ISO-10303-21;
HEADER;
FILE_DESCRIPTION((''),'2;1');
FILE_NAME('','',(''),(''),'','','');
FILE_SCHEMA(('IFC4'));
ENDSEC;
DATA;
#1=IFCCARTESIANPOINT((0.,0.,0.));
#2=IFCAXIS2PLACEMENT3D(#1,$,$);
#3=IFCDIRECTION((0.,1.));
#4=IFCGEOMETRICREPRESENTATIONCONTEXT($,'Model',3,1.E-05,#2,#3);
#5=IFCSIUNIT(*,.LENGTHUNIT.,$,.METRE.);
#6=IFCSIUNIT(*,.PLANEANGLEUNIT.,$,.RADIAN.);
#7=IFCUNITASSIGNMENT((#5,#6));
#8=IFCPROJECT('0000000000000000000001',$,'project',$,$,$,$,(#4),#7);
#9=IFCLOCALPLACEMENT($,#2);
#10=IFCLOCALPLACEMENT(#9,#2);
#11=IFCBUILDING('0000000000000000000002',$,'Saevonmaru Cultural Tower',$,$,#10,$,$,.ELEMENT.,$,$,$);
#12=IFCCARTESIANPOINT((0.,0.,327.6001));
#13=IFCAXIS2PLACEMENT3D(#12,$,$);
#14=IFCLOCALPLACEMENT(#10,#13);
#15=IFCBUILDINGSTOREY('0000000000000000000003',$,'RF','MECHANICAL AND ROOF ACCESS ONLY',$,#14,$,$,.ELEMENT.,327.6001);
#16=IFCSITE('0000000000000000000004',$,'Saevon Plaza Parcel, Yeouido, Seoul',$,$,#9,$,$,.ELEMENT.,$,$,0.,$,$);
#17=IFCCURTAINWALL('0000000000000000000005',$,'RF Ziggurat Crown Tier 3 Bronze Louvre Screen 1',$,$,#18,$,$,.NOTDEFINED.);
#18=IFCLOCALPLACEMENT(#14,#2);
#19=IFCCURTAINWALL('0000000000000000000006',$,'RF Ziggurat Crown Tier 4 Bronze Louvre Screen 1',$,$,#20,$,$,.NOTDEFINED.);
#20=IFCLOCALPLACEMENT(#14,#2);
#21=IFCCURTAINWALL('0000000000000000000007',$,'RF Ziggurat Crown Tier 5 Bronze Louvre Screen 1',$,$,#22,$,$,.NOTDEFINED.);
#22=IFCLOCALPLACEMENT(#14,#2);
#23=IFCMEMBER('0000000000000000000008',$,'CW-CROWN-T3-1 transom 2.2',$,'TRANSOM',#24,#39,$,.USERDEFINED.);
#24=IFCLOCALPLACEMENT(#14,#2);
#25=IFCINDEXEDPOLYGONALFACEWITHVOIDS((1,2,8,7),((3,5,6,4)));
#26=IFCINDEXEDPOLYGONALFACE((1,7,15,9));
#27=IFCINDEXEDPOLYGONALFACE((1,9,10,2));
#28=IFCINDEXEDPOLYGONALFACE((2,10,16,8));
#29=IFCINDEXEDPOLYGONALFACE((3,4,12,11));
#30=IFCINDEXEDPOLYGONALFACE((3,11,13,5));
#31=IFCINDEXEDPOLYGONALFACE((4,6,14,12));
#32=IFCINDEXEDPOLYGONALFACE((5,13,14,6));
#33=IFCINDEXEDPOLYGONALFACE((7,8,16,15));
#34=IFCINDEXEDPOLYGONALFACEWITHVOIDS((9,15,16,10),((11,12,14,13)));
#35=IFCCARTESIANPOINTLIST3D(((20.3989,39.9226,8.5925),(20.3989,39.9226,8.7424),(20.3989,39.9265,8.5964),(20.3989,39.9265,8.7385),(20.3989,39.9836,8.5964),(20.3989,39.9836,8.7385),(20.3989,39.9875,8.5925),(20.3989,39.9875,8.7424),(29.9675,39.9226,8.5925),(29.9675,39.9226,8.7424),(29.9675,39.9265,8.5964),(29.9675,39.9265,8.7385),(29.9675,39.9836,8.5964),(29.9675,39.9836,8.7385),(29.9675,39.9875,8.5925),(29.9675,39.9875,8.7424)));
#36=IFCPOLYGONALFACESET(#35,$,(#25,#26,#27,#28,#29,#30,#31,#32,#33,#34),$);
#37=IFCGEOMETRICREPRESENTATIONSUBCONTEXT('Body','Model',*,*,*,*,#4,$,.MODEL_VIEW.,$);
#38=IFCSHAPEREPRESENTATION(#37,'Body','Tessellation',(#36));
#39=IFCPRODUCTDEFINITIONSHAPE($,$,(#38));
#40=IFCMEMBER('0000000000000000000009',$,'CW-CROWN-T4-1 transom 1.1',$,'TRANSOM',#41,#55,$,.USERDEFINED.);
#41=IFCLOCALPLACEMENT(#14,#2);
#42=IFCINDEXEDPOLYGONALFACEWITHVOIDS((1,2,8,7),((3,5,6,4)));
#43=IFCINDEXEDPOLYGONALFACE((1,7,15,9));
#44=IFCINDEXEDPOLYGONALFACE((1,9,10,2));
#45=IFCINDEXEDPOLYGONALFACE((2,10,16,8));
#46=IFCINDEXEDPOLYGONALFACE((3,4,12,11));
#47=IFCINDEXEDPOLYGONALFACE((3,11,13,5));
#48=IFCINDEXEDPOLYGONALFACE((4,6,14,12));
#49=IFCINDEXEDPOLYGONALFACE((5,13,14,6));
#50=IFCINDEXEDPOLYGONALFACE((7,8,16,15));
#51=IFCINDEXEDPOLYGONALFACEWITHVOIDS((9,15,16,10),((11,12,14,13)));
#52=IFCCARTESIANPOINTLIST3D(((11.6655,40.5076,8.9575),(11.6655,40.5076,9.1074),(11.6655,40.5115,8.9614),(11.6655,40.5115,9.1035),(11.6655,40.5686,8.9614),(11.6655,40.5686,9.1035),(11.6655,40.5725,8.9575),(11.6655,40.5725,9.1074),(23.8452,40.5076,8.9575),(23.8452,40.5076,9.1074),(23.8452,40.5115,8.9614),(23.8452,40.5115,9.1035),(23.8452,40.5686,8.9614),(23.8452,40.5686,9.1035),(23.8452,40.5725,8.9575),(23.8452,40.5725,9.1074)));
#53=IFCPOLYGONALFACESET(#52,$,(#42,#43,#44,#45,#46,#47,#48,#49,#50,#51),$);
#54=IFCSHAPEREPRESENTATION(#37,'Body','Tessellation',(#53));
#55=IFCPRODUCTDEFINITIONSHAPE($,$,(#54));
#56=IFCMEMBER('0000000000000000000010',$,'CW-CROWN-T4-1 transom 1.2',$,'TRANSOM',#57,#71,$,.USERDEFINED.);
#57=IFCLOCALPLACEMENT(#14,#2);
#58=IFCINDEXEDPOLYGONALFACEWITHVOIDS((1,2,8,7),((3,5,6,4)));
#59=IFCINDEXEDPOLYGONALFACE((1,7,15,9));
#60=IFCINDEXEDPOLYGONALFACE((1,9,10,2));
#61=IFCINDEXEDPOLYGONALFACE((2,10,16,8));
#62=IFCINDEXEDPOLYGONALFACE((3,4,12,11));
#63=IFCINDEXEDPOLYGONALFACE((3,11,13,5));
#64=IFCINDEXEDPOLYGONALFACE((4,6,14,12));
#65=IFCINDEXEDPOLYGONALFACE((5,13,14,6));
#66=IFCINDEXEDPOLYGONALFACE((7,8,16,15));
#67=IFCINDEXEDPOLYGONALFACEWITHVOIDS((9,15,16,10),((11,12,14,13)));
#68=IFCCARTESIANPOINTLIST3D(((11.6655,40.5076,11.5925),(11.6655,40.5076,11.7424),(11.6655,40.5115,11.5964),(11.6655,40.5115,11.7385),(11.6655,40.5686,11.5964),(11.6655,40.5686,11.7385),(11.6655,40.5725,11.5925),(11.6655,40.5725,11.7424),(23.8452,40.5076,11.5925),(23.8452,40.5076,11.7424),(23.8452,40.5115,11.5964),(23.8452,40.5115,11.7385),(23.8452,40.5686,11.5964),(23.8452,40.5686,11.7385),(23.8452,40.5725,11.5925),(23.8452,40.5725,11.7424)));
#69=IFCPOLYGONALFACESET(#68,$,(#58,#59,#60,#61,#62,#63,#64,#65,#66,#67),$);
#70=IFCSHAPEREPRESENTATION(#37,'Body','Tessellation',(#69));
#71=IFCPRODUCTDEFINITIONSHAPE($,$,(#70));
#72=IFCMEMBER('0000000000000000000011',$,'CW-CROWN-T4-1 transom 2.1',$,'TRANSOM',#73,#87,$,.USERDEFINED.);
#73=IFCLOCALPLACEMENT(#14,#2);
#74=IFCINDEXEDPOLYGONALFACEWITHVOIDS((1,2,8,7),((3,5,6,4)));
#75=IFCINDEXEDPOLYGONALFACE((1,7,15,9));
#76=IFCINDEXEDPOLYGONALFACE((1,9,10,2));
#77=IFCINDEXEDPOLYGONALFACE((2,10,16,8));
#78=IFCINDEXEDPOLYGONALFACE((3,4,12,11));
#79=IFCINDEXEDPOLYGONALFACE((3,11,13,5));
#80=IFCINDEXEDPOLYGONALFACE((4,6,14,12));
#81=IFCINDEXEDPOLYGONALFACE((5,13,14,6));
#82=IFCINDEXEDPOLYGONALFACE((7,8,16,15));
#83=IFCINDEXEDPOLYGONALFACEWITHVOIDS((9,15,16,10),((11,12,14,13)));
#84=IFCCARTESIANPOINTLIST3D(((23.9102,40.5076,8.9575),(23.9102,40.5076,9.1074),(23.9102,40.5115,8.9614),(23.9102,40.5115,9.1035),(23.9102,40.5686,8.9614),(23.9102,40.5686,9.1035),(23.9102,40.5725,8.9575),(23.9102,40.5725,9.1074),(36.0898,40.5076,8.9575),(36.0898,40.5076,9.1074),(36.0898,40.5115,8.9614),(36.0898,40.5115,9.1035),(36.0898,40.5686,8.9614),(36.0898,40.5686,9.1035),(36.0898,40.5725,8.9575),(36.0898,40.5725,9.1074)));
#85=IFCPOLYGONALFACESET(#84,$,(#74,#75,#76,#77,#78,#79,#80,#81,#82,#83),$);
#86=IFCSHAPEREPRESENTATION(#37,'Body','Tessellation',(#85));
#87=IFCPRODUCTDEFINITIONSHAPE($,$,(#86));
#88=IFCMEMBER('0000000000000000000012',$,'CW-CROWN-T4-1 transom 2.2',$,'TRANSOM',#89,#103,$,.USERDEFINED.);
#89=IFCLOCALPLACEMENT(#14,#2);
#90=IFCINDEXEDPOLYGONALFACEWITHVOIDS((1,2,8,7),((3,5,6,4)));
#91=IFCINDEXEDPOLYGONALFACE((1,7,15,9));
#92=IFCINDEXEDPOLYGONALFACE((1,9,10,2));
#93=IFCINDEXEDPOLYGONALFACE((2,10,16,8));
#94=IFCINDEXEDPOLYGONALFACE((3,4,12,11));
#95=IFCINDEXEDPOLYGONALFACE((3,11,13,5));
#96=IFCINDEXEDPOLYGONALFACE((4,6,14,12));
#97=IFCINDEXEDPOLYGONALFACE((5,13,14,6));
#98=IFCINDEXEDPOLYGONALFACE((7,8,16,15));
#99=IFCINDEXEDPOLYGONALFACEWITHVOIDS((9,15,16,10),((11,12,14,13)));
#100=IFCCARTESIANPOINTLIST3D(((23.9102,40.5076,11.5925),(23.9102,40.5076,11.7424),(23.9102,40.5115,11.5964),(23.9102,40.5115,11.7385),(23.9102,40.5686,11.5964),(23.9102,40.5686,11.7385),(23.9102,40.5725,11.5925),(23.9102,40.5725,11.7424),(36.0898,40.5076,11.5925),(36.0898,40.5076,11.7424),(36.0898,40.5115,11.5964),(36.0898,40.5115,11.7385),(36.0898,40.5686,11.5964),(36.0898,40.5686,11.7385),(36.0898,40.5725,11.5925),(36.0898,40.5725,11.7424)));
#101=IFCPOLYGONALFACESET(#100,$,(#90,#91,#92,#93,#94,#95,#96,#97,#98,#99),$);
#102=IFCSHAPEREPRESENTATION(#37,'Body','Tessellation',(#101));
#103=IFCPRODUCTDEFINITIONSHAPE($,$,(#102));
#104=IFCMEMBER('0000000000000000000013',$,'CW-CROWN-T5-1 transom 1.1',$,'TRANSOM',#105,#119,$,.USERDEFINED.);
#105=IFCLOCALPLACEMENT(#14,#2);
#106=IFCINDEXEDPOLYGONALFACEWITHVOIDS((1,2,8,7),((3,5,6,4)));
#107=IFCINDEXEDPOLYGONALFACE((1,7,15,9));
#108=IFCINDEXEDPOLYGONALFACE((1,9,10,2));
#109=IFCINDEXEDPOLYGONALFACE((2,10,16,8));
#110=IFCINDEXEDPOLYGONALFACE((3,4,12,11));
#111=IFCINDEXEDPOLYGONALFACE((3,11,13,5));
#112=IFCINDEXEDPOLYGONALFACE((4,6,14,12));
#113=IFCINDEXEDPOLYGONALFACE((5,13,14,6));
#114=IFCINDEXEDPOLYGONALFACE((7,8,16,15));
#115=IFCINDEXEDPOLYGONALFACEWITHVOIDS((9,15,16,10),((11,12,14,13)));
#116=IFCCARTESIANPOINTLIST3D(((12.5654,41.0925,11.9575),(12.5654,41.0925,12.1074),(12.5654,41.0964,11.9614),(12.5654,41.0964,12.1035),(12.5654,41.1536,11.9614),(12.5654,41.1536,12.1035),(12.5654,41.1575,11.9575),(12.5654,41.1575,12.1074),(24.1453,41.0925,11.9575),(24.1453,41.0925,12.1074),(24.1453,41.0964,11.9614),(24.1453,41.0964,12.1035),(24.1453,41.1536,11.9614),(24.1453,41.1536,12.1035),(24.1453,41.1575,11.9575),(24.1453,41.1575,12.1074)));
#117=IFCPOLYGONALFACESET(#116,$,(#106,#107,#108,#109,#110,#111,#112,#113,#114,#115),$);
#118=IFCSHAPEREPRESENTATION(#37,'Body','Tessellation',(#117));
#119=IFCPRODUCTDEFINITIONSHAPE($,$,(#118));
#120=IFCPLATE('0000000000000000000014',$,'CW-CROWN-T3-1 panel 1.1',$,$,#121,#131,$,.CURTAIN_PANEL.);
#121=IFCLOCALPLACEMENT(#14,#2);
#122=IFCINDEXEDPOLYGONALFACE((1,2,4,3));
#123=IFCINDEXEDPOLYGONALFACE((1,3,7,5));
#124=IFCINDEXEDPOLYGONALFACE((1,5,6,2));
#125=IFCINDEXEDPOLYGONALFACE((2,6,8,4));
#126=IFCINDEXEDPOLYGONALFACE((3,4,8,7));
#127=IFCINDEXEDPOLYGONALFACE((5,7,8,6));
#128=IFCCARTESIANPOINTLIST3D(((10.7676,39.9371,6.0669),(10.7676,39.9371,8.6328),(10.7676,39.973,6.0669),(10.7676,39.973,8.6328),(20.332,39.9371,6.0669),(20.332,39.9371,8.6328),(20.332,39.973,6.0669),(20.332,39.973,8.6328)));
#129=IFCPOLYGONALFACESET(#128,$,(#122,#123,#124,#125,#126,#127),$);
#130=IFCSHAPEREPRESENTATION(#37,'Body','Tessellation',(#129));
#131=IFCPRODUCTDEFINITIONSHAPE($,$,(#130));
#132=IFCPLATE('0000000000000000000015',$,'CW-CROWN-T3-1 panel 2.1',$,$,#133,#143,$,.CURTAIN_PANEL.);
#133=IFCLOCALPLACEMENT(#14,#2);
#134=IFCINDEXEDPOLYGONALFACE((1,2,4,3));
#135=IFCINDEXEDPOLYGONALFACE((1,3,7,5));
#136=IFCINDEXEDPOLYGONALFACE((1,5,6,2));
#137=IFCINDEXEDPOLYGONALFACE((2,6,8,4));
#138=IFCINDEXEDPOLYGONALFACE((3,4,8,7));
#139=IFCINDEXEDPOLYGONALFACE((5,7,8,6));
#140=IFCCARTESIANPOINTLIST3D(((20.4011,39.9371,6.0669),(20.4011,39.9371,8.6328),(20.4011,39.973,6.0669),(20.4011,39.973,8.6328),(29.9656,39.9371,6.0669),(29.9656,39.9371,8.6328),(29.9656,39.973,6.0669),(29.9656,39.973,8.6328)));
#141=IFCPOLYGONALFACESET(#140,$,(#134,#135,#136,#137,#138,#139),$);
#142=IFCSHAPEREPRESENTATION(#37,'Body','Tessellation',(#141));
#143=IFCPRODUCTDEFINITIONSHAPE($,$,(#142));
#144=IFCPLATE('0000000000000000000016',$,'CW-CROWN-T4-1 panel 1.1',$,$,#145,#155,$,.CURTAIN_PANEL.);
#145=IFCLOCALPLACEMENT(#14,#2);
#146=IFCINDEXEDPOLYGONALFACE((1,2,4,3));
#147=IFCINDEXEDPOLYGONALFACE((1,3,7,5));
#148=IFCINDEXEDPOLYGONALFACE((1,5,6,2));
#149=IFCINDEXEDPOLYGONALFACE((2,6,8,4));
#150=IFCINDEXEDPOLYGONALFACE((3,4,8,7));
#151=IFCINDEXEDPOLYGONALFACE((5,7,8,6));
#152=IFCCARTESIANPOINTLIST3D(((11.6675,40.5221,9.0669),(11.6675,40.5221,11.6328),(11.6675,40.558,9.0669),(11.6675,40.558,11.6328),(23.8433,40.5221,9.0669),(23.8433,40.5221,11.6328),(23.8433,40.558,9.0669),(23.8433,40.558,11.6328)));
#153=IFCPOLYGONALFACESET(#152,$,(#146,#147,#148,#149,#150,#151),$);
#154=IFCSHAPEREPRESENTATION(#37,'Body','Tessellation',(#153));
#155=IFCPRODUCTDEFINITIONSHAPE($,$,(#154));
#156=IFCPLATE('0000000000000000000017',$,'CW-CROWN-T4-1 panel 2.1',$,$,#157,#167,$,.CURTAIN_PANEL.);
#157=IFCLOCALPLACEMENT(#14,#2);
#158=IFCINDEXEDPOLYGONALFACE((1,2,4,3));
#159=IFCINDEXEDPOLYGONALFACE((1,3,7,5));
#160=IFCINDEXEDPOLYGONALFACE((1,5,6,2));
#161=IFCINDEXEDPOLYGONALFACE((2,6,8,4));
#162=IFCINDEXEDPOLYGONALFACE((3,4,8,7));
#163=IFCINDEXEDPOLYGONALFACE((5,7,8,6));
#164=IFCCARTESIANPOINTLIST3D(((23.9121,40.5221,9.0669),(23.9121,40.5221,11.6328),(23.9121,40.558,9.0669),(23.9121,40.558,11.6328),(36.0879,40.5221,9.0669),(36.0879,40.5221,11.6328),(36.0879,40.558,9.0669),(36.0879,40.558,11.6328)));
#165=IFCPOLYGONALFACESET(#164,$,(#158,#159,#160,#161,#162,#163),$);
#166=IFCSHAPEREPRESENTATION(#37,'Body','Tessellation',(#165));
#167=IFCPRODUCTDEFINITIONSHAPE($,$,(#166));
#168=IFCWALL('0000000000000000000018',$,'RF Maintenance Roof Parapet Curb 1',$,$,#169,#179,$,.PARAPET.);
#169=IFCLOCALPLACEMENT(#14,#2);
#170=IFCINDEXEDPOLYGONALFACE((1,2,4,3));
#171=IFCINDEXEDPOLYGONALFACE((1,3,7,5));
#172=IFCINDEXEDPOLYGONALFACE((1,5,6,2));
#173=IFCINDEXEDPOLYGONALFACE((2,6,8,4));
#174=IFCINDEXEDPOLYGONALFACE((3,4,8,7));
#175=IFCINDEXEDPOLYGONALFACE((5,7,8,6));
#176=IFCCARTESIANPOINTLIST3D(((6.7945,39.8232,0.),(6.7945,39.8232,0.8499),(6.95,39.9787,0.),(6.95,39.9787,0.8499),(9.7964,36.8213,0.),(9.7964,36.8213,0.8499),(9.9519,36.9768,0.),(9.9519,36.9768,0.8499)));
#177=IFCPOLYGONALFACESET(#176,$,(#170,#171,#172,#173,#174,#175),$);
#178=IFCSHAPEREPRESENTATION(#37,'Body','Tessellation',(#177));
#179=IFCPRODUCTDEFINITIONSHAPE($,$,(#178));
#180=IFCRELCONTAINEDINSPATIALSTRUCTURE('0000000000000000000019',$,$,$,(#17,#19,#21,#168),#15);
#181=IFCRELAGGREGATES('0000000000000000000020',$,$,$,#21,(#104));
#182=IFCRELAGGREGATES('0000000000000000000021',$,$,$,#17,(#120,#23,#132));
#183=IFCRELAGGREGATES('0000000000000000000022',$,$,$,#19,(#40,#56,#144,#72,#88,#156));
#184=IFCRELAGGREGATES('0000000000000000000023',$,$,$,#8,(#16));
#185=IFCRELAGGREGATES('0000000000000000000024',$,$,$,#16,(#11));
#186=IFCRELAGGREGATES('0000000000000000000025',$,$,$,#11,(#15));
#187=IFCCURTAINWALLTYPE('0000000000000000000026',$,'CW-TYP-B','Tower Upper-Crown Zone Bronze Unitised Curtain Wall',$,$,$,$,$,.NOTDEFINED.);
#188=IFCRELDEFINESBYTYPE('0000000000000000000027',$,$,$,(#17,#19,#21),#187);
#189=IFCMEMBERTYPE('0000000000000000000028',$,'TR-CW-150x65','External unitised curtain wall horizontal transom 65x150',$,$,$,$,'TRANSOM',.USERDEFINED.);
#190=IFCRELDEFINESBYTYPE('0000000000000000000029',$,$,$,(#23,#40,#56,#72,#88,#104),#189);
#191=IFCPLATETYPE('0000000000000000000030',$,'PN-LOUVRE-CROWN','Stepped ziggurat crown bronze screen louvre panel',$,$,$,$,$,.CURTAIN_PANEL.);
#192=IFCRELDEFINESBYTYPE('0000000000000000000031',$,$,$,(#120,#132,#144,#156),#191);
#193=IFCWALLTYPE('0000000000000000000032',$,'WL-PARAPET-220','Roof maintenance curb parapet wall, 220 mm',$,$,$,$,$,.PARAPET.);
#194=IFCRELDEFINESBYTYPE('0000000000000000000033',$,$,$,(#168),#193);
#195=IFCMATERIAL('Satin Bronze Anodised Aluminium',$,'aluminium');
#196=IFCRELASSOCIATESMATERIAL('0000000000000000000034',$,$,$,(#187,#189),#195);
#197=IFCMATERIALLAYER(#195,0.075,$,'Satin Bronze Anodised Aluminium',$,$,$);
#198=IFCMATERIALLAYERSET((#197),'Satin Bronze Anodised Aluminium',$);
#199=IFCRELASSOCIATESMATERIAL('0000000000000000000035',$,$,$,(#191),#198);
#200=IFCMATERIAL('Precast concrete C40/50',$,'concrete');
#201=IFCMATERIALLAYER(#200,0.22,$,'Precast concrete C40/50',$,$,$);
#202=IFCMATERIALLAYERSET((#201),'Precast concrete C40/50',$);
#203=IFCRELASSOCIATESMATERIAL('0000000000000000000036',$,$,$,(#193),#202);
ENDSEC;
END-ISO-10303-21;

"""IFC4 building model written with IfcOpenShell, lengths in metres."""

from ifc_helpers import new_model, si_unit, direction, frame, frame_2d, origin, origin_2d, place, context, subcontext, project, spatial, rectangle, hollow_rectangle, extrude, material, layer, layer_set, material_profile, profile_set, type_object, element, aggregate, save


model = new_model("IFC4")

# Units and contexts
model_context = context("Model", 3, precision=1e-05, world=origin(), true_north=direction((0.0, 1.0)))
body_context = subcontext(model_context, "Body", "Model", "MODEL_VIEW")
ifc_project = project(units=[si_unit("LENGTHUNIT", "METRE"), si_unit("PLANEANGLEUNIT", "RADIAN")], contexts=[model_context])

# Site, building, storey
site_placement = place(None, origin())
site = spatial("IfcSite", under=ifc_project, at=site_placement, Name="Saevon Plaza Parcel, Yeouido, Seoul", CompositionType="ELEMENT", RefElevation=0.0)
building_placement = place(site_placement, origin())
building = spatial("IfcBuilding", under=site, at=building_placement, Name="Saevonmaru Cultural Tower", CompositionType="ELEMENT")
storey_placement = place(building_placement, frame((0.0, 0.0, 327.6001)))
storey = spatial("IfcBuildingStorey", under=building, at=storey_placement, Name="RF", Description="MECHANICAL AND ROOF ACCESS ONLY", CompositionType="ELEMENT", Elevation=327.6001)

# Curtain wall
ifc_material_1 = material(Name="Satin Bronze Anodised Aluminium", Category="aluminium")
curtain_wall_type = type_object("IfcCurtainWallType", Name="CW-TYP-B", Description="Tower Upper-Crown Zone Bronze Unitised Curtain Wall", PredefinedType="NOTDEFINED", material=ifc_material_1)
curtain_wall_1_placement = place(storey_placement, origin())
curtain_wall_1 = element("IfcCurtainWall", 1, at=curtain_wall_1_placement, inside=storey, type_object=curtain_wall_type, Name="RF Ziggurat Crown Tier 3 Bronze Louvre Screen 1", PredefinedType="NOTDEFINED")

# Curtain wall
curtain_wall_2_placement = place(storey_placement, origin())
curtain_wall_2 = element("IfcCurtainWall", 2, at=curtain_wall_2_placement, inside=storey, type_object=curtain_wall_type, Name="RF Ziggurat Crown Tier 4 Bronze Louvre Screen 1", PredefinedType="NOTDEFINED")

# Curtain wall
curtain_wall_3_placement = place(storey_placement, origin())
curtain_wall_3 = element("IfcCurtainWall", 3, at=curtain_wall_3_placement, inside=storey, type_object=curtain_wall_type, Name="RF Ziggurat Crown Tier 5 Bronze Louvre Screen 1", PredefinedType="NOTDEFINED")

# Members
ifc_material_profile_1 = material_profile(ifc_material_1, hollow_rectangle(XDim=0.0649, YDim=0.1499, WallThickness=0.0039, at=origin_2d()), Name="ALU-TRAN-150x65x4")
ifc_profile_set_1 = profile_set([ifc_material_profile_1], Name="Satin Bronze Anodised Aluminium")
member_type_1 = type_object("IfcMemberType", Name="TR-CW-150x65", Description="External unitised curtain wall horizontal transom 65x150", ElementType="TRANSOM", PredefinedType="USERDEFINED", material=ifc_profile_set_1)
member_1_placement = place(storey_placement, frame((20.3989, 39.9551, 8.6675), z_axis=(1.0, 0.0, 0.0), x_axis=(0.0, 1.0, 0.0)))
member_1 = element("IfcMember", 4, at=member_1_placement, type_object=member_type_1, Name="CW-CROWN-T3-1 transom 2.2", ObjectType="TRANSOM", PredefinedType="USERDEFINED", context=body_context, shape_type="SweptSolid", body=[
    extrude(hollow_rectangle(XDim=0.0649, YDim=0.1499, WallThickness=0.0039, at=origin_2d()), origin(), (0.0, 0.0, 1.0), 9.5686),
])
member_2_placement = place(storey_placement, frame((11.6655, 40.54, 9.0325), z_axis=(1.0, 0.0, 0.0), x_axis=(0.0, 1.0, 0.0)))
member_2 = element("IfcMember", 5, at=member_2_placement, type_object=member_type_1, Name="CW-CROWN-T4-1 transom 1.1", ObjectType="TRANSOM", PredefinedType="USERDEFINED", context=body_context, shape_type="SweptSolid", body=[
    extrude(hollow_rectangle(XDim=0.0649, YDim=0.1499, WallThickness=0.0039, at=origin_2d()), origin(), (0.0, 0.0, 1.0), 12.1797),
])
member_3_placement = place(storey_placement, frame((11.6655, 40.54, 11.6675), z_axis=(1.0, 0.0, 0.0), x_axis=(0.0, 1.0, 0.0)))
member_3 = element("IfcMember", 6, at=member_3_placement, type_object=member_type_1, Name="CW-CROWN-T4-1 transom 1.2", ObjectType="TRANSOM", PredefinedType="USERDEFINED", context=body_context, shape_type="SweptSolid", body=[
    extrude(hollow_rectangle(XDim=0.0649, YDim=0.1499, WallThickness=0.0039, at=origin_2d()), origin(), (0.0, 0.0, 1.0), 12.1797),
])
member_4_placement = place(storey_placement, frame((23.9102, 40.54, 9.0325), z_axis=(1.0, 0.0, 0.0), x_axis=(0.0, 1.0, 0.0)))
member_4 = element("IfcMember", 7, at=member_4_placement, type_object=member_type_1, Name="CW-CROWN-T4-1 transom 2.1", ObjectType="TRANSOM", PredefinedType="USERDEFINED", context=body_context, shape_type="SweptSolid", body=[
    extrude(hollow_rectangle(XDim=0.0649, YDim=0.1499, WallThickness=0.0039, at=origin_2d()), origin(), (0.0, 0.0, 1.0), 12.1797),
])
member_5_placement = place(storey_placement, frame((23.9102, 40.54, 11.6675), z_axis=(1.0, 0.0, 0.0), x_axis=(0.0, 1.0, 0.0)))
member_5 = element("IfcMember", 8, at=member_5_placement, type_object=member_type_1, Name="CW-CROWN-T4-1 transom 2.2", ObjectType="TRANSOM", PredefinedType="USERDEFINED", context=body_context, shape_type="SweptSolid", body=[
    extrude(hollow_rectangle(XDim=0.0649, YDim=0.1499, WallThickness=0.0039, at=origin_2d()), origin(), (0.0, 0.0, 1.0), 12.1797),
])
member_6_placement = place(storey_placement, frame((12.5654, 41.125, 12.0325), z_axis=(1.0, 0.0, 0.0), x_axis=(0.0, 1.0, 0.0)))
member_6 = element("IfcMember", 9, at=member_6_placement, type_object=member_type_1, Name="CW-CROWN-T5-1 transom 1.1", ObjectType="TRANSOM", PredefinedType="USERDEFINED", context=body_context, shape_type="SweptSolid", body=[
    extrude(hollow_rectangle(XDim=0.0649, YDim=0.1499, WallThickness=0.0039, at=origin_2d()), origin(), (0.0, 0.0, 1.0), 11.5798),
])
aggregate(curtain_wall_3, [member_6])

# Plates
ifc_layer_1 = layer(ifc_material_1, 0.075, Name="Satin Bronze Anodised Aluminium")
ifc_layer_set_1 = layer_set([ifc_layer_1], Name="Satin Bronze Anodised Aluminium")
plate_type = type_object("IfcPlateType", Name="PN-LOUVRE-CROWN", Description="Stepped ziggurat crown bronze screen louvre panel", PredefinedType="CURTAIN_PANEL", material=ifc_layer_set_1)
plate_1_placement = place(storey_placement, frame((15.5498, 39.9551, 6.0669), z_axis=(0.0, 0.0, 1.0), x_axis=(1.0, 0.0, 0.0)))
plate_1 = element("IfcPlate", 10, at=plate_1_placement, type_object=plate_type, Name="CW-CROWN-T3-1 panel 1.1", PredefinedType="CURTAIN_PANEL", context=body_context, shape_type="SweptSolid", body=[
    extrude(rectangle(XDim=9.5645, YDim=0.0359, at=origin_2d()), origin(), (0.0, 0.0, 1.0), 2.5659),
])
plate_2_placement = place(storey_placement, frame((25.1833, 39.9551, 6.0669), z_axis=(0.0, 0.0, 1.0), x_axis=(1.0, 0.0, 0.0)))
plate_2 = element("IfcPlate", 11, at=plate_2_placement, type_object=plate_type, Name="CW-CROWN-T3-1 panel 2.1", PredefinedType="CURTAIN_PANEL", context=body_context, shape_type="SweptSolid", body=[
    extrude(rectangle(XDim=9.5645, YDim=0.0359, at=origin_2d()), origin(), (0.0, 0.0, 1.0), 2.5659),
])
aggregate(curtain_wall_1, [plate_1, member_1, plate_2])
plate_3_placement = place(storey_placement, frame((17.7554, 40.54, 9.0669), z_axis=(0.0, 0.0, 1.0), x_axis=(1.0, 0.0, 0.0)))
plate_3 = element("IfcPlate", 12, at=plate_3_placement, type_object=plate_type, Name="CW-CROWN-T4-1 panel 1.1", PredefinedType="CURTAIN_PANEL", context=body_context, shape_type="SweptSolid", body=[
    extrude(rectangle(XDim=12.1758, YDim=0.0359, at=origin_2d()), origin(), (0.0, 0.0, 1.0), 2.5659),
])
plate_4_placement = place(storey_placement, frame((30.0, 40.54, 9.0669), z_axis=(0.0, 0.0, 1.0), x_axis=(1.0, 0.0, 0.0)))
plate_4 = element("IfcPlate", 13, at=plate_4_placement, type_object=plate_type, Name="CW-CROWN-T4-1 panel 2.1", PredefinedType="CURTAIN_PANEL", context=body_context, shape_type="SweptSolid", body=[
    extrude(rectangle(XDim=12.1758, YDim=0.0359, at=origin_2d()), origin(), (0.0, 0.0, 1.0), 2.5659),
])
aggregate(curtain_wall_2, [member_2, member_3, plate_3, member_4, member_5, plate_4])

# Wall
ifc_material_2 = material(Name="Precast concrete C40/50", Category="concrete")
ifc_layer_2 = layer(ifc_material_2, 0.22, Name="Precast concrete C40/50")
ifc_layer_set_2 = layer_set([ifc_layer_2], Name="Precast concrete C40/50")
wall_type = type_object("IfcWallType", Name="WL-PARAPET-220", Description="Roof maintenance curb parapet wall, 220 mm", PredefinedType="PARAPET", material=ifc_layer_set_2)
wall_placement = place(storey_placement, frame((6.8723, 39.9009, 0.0), z_axis=(0.0, 0.0, 1.0), x_axis=(0.707107, -0.707107, 0.0)))
element("IfcWall", 14, at=wall_placement, inside=storey, type_object=wall_type, Name="RF Maintenance Roof Parapet Curb 1", PredefinedType="PARAPET", context=body_context, shape_type="SweptSolid", body=[
    extrude(rectangle(XDim=4.2454, YDim=0.22, at=frame_2d((2.1226, 0.0))), origin(), (0.0, 0.0, 1.0), 0.8499),
])

save(model, "model.ifc")
